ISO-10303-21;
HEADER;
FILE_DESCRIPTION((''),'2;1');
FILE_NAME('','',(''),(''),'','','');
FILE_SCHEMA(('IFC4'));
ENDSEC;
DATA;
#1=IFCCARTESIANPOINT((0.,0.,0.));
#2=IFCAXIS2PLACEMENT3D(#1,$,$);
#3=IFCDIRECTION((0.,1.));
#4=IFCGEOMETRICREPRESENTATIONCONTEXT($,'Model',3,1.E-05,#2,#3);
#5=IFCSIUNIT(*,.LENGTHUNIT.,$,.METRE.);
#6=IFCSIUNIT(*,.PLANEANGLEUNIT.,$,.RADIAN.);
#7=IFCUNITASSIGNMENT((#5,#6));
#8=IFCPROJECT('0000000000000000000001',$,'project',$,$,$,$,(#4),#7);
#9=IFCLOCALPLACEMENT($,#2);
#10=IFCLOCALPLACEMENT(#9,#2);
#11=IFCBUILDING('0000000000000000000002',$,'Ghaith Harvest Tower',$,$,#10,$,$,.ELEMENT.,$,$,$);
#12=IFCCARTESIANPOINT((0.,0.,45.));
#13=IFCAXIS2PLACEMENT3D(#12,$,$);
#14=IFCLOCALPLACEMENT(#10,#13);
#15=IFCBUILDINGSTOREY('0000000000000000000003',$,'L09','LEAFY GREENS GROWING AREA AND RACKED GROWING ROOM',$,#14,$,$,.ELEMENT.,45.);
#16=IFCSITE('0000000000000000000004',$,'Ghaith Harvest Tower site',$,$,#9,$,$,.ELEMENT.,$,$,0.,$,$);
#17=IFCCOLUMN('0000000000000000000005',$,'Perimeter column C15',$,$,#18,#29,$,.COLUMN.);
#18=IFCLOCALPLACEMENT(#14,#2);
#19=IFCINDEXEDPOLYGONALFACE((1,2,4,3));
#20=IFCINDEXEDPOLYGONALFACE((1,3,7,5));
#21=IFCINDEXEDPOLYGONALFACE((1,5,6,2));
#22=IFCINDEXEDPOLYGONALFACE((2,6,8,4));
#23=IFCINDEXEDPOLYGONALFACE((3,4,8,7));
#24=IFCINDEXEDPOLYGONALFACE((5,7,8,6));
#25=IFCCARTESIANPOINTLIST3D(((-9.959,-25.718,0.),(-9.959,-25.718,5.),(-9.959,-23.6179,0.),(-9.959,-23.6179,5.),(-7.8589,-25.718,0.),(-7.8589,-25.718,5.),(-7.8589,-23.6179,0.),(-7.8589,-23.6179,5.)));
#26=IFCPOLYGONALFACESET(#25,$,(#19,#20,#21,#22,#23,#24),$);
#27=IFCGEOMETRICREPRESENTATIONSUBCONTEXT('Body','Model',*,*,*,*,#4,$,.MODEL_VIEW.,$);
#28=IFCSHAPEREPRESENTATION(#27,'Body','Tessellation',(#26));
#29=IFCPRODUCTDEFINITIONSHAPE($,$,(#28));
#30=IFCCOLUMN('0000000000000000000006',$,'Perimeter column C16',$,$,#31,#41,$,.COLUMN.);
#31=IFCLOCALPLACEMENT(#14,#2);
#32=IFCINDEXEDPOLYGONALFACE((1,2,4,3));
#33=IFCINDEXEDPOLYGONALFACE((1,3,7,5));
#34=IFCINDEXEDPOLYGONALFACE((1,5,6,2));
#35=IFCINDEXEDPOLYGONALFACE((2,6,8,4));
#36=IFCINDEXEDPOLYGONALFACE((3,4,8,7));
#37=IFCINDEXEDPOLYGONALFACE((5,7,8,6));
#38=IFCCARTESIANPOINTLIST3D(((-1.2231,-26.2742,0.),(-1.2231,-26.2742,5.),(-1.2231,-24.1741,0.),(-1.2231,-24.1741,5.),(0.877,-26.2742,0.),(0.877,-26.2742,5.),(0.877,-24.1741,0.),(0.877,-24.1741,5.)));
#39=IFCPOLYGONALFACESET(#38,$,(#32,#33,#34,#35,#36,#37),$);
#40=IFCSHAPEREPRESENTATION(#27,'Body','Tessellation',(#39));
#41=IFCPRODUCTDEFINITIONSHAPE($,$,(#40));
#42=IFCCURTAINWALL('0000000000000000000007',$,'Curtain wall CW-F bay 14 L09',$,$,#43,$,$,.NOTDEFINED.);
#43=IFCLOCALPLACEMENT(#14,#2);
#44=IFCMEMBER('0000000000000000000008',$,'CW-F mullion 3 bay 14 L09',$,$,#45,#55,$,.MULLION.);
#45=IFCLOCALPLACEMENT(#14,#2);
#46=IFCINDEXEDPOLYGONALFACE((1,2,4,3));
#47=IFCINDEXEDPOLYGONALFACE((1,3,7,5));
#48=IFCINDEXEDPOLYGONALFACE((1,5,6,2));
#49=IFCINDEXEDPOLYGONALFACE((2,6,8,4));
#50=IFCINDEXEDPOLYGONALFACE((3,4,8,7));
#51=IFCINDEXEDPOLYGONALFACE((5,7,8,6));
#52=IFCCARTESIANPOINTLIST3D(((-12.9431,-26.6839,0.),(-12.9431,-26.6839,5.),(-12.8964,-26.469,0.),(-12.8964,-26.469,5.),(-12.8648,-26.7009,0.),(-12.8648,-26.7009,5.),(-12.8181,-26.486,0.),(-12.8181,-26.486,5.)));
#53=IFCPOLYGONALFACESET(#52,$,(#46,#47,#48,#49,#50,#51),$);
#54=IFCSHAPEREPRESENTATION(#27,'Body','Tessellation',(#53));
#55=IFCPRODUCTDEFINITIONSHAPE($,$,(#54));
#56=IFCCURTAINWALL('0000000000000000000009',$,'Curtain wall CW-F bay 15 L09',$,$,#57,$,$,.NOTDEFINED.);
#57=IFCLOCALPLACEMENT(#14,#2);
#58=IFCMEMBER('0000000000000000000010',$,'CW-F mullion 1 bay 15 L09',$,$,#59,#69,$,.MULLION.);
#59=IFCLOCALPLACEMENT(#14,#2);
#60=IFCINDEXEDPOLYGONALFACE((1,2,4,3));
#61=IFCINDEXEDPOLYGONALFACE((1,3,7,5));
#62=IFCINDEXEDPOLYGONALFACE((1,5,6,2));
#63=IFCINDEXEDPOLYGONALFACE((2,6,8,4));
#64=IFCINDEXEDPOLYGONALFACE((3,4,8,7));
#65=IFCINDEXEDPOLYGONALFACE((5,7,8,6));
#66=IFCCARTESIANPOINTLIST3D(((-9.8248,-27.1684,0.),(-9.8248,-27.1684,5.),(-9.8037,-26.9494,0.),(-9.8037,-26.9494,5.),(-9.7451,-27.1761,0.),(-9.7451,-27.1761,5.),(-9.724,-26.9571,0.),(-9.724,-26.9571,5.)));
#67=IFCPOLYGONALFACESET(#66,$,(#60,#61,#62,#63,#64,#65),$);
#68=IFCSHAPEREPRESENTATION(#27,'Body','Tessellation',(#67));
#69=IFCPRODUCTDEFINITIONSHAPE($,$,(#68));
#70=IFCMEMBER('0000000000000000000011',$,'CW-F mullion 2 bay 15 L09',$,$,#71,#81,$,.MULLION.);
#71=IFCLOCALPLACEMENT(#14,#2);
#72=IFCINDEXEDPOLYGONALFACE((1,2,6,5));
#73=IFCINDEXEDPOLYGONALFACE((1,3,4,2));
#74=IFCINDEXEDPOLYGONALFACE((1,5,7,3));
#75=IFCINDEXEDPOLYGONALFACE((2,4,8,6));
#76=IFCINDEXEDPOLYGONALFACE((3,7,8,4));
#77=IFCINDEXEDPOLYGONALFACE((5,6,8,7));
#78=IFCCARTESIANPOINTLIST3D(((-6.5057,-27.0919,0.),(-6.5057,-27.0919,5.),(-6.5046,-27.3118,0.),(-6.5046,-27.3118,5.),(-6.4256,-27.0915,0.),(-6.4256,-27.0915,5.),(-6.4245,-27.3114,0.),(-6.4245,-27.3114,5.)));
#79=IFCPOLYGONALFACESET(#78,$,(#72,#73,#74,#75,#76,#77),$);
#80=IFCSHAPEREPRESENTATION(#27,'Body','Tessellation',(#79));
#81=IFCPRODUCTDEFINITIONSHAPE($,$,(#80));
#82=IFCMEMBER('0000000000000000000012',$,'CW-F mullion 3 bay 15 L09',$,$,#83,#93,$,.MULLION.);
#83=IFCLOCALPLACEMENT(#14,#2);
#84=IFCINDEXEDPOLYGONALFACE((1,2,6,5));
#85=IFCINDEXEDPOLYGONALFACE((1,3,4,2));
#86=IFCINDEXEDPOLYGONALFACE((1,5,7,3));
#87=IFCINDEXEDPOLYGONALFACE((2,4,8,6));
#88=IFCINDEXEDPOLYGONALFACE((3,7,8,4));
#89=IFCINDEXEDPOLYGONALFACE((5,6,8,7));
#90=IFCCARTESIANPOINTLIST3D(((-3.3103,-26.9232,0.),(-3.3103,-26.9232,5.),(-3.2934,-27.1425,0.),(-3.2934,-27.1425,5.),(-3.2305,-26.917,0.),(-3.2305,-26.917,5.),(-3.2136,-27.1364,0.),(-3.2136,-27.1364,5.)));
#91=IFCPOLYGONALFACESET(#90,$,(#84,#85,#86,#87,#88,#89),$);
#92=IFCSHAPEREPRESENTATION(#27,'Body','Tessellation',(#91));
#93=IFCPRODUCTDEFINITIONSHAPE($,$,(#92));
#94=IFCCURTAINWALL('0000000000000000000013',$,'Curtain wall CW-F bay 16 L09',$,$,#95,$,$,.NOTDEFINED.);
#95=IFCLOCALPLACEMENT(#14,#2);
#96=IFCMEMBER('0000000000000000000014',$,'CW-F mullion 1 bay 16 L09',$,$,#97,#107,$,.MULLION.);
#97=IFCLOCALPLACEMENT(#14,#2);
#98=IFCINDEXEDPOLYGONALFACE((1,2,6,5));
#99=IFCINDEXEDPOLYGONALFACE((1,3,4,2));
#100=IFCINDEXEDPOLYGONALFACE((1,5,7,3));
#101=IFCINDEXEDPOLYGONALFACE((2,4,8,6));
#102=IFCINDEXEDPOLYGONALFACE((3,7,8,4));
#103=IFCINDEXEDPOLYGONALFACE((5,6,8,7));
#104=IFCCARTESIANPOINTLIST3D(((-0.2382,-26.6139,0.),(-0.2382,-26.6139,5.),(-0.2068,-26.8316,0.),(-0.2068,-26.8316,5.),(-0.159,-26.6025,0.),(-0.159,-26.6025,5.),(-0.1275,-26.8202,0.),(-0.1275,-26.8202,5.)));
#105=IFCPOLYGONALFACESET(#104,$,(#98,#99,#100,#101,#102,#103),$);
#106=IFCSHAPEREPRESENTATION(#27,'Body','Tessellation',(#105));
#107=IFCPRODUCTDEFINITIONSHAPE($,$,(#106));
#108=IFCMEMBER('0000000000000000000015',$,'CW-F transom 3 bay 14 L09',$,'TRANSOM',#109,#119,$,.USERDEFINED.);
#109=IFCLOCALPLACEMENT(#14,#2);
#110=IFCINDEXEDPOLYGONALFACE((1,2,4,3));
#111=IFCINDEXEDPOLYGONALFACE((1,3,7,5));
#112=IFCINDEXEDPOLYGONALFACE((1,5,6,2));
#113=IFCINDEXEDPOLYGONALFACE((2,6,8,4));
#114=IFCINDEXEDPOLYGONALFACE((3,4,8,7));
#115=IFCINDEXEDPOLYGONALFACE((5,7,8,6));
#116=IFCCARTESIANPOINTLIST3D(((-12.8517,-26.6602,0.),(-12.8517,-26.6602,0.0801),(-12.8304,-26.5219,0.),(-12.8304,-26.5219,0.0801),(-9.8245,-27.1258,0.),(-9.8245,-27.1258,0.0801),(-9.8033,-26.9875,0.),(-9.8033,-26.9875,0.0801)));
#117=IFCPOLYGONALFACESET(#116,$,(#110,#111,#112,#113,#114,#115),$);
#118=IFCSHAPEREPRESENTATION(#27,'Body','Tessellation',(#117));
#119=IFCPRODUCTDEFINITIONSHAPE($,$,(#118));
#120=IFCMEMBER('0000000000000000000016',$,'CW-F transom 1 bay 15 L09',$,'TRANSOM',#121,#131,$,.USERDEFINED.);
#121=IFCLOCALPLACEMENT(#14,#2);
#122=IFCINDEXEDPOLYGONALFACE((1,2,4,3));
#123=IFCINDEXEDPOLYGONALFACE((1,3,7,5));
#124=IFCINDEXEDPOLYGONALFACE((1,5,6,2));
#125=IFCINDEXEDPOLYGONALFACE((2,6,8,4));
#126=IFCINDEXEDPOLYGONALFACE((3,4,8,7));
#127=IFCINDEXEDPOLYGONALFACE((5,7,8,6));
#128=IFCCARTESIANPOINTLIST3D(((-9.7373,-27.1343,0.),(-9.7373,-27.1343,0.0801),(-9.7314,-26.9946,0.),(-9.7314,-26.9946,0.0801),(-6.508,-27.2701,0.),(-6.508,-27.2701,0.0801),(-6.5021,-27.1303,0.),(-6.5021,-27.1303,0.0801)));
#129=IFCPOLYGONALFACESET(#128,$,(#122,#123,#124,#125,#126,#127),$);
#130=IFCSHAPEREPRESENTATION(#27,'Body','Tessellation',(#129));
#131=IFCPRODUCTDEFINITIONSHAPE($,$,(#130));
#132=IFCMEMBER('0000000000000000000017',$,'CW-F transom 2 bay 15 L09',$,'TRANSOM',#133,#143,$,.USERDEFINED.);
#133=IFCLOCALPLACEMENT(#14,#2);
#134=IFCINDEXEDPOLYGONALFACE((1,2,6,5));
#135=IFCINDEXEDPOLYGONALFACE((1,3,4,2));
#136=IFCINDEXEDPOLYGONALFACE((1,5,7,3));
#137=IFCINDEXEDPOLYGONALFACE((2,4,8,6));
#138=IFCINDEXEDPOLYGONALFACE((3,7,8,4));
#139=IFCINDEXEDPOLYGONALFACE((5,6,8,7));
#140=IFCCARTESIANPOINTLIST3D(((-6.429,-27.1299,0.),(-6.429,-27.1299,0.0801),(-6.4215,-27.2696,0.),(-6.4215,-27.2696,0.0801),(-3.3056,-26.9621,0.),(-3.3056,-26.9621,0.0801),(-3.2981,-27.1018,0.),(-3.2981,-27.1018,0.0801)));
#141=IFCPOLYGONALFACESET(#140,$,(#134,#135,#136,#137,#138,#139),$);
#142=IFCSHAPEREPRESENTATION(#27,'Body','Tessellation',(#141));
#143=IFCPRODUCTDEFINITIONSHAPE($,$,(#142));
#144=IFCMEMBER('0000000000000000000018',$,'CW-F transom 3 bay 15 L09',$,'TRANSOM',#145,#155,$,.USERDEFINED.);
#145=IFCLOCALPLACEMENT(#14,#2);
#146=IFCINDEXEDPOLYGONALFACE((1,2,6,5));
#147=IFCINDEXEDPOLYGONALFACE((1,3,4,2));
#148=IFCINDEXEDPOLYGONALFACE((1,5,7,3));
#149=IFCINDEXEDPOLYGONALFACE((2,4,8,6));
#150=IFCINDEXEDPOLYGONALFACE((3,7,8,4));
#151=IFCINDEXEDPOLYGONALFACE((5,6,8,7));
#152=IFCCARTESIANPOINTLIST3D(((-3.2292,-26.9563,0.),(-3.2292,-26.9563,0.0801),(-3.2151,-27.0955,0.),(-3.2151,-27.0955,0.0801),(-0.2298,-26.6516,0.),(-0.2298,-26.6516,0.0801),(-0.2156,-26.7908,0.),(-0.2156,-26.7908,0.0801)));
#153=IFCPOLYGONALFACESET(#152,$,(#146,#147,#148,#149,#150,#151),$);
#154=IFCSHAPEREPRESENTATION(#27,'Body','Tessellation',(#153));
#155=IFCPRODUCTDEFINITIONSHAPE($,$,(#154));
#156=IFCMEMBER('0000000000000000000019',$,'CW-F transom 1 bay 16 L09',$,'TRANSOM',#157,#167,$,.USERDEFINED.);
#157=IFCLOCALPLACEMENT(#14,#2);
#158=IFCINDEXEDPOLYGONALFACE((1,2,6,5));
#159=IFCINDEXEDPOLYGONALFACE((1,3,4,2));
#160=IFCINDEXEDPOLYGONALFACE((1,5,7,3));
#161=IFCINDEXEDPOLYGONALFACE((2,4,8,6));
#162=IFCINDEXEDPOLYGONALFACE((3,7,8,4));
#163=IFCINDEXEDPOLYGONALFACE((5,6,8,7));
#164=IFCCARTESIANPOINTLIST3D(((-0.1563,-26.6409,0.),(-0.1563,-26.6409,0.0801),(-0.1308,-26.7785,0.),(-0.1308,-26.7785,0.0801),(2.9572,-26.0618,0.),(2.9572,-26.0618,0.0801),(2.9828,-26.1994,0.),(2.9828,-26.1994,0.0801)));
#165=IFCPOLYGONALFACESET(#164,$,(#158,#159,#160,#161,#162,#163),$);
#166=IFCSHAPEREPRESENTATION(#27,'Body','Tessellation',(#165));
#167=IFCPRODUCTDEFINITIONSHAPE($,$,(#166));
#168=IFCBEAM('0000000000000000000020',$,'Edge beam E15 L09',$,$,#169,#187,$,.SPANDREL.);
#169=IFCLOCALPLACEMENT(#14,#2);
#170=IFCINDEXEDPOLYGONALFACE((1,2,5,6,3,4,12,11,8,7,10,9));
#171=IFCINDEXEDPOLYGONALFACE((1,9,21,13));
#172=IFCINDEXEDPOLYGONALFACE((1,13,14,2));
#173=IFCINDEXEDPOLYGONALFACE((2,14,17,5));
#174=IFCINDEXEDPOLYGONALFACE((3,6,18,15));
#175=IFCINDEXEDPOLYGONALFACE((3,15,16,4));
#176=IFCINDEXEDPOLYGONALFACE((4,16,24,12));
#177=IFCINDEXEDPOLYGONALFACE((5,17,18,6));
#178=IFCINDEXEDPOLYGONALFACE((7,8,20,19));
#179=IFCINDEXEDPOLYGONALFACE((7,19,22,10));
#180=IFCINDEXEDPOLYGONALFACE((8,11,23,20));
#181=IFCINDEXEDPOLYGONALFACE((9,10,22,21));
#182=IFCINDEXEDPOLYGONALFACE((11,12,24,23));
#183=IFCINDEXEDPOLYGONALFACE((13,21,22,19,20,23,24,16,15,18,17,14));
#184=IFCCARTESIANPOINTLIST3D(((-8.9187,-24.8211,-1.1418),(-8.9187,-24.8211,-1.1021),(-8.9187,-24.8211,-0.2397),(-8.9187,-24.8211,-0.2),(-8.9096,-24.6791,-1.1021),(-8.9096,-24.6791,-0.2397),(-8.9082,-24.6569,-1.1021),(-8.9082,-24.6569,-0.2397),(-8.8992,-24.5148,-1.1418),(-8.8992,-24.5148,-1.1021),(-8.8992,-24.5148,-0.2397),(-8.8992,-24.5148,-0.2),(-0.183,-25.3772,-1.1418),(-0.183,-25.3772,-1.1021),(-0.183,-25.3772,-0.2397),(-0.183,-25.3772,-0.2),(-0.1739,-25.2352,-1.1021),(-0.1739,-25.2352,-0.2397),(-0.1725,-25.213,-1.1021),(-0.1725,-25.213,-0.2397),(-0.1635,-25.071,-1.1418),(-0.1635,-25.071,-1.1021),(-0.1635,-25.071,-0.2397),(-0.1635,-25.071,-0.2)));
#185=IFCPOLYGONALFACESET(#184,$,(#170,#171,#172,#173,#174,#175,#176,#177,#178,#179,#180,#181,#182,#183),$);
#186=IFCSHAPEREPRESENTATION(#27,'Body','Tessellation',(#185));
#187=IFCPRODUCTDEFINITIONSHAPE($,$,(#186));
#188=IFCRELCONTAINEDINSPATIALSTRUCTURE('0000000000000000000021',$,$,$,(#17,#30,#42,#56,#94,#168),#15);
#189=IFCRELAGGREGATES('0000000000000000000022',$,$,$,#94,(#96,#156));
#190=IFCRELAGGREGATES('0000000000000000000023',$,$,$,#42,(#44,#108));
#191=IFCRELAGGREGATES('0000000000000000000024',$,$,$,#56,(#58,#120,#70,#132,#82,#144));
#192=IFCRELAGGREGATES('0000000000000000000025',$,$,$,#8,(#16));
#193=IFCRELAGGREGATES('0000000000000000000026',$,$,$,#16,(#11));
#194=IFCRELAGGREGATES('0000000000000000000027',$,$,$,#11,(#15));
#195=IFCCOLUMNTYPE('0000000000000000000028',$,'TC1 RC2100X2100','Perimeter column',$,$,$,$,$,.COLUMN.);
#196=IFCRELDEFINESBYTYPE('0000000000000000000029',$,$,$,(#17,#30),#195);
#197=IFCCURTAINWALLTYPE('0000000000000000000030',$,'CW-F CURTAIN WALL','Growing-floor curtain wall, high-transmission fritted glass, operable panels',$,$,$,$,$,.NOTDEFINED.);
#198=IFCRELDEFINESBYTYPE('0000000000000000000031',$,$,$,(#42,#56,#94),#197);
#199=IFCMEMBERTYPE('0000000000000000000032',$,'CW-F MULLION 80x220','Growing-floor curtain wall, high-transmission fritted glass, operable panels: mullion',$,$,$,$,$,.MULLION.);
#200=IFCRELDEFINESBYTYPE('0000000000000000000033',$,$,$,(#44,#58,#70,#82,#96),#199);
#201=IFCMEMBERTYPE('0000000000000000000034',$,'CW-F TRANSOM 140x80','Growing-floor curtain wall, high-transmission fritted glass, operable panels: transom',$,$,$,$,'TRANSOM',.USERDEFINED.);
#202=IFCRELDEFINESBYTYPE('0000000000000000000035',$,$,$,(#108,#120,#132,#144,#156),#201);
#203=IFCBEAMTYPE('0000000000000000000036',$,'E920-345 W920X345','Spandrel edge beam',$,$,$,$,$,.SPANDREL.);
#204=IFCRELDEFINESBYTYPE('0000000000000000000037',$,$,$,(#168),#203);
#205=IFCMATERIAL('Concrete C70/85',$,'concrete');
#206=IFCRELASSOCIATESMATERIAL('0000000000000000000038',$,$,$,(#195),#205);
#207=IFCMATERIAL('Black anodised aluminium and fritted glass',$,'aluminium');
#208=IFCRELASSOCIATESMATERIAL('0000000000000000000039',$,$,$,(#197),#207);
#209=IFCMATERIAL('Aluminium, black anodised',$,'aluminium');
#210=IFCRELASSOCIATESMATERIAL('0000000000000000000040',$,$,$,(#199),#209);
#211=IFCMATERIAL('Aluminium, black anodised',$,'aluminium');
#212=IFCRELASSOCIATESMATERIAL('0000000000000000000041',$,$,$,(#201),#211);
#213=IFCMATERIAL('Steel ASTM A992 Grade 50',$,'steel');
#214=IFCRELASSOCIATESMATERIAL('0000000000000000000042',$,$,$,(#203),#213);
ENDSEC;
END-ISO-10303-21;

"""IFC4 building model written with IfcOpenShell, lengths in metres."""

from ifc_helpers import new_model, si_unit, direction, frame, origin, origin_2d, place, context, subcontext, project, spatial, rectangle, i_section, extrude, material, material_profile, profile_set, type_object, element, aggregate, save


model = new_model("IFC4")

# Units and contexts
model_context = context("Model", 3, precision=1e-05, world=origin(), true_north=direction((0.0, 1.0)))
body_context = subcontext(model_context, "Body", "Model", "MODEL_VIEW")
ifc_project = project(units=[si_unit("LENGTHUNIT", "METRE"), si_unit("PLANEANGLEUNIT", "RADIAN")], contexts=[model_context])

# Site, building, storey
site_placement = place(None, origin())
site = spatial("IfcSite", under=ifc_project, at=site_placement, Name="Ghaith Harvest Tower site", CompositionType="ELEMENT", RefElevation=0.0)
building_placement = place(site_placement, origin())
building = spatial("IfcBuilding", under=site, at=building_placement, Name="Ghaith Harvest Tower", CompositionType="ELEMENT")
storey_placement = place(building_placement, frame((0.0, 0.0, 45.0)))
storey = spatial("IfcBuildingStorey", under=building, at=storey_placement, Name="L09", Description="LEAFY GREENS GROWING AREA AND RACKED GROWING ROOM", CompositionType="ELEMENT", Elevation=45.0)

# Columns
ifc_material_1 = material(Name="Concrete C70/85", Category="concrete")
ifc_material_profile_1 = material_profile(ifc_material_1, rectangle(XDim=2.1001, YDim=2.1001, at=origin_2d()), Name="RC2100X2100")
ifc_profile_set_1 = profile_set([ifc_material_profile_1], Name="Concrete C70/85")
column_type = type_object("IfcColumnType", Name="TC1 RC2100X2100", Description="Perimeter column", PredefinedType="COLUMN", material=ifc_profile_set_1)
for number, where, z_axis, x_axis, name in (
    (1, (-8.9089, -24.668, 0.0), (0.0, 0.0, 1.0), (1.0, 0.0, 0.0), "Perimeter column C15"),
    (2, (-0.1731, -25.2241, 0.0), (0.0, 0.0, 1.0), (1.0, 0.0, 0.0), "Perimeter column C16"),
):
    element("IfcColumn", number, at=place(storey_placement, frame(where, z_axis=z_axis, x_axis=x_axis)), inside=storey, type_object=column_type, Name=name, PredefinedType="COLUMN", context=body_context, shape_type="SweptSolid", body=[
        extrude(rectangle(XDim=2.1001, YDim=2.1001, at=origin_2d()), origin(), (0.0, 0.0, 1.0), 5.0),
    ])

# Curtain wall, member
ifc_material_2 = material(Name="Black anodised aluminium and fritted glass", Category="aluminium")
curtain_wall_type = type_object("IfcCurtainWallType", Name="CW-F CURTAIN WALL", Description="Growing-floor curtain wall, high-transmission fritted glass, operable panels", PredefinedType="NOTDEFINED", material=ifc_material_2)
curtain_wall_1_placement = place(storey_placement, origin())
curtain_wall_1 = element("IfcCurtainWall", 3, at=curtain_wall_1_placement, inside=storey, type_object=curtain_wall_type, Name="Curtain wall CW-F bay 14 L09", PredefinedType="NOTDEFINED")
ifc_material_3 = material(Name="Aluminium, black anodised", Category="aluminium")
ifc_material_profile_2 = material_profile(ifc_material_3, rectangle(XDim=0.0801, YDim=0.22, at=origin_2d()), Name="CW-F MULLION 80x220")
ifc_profile_set_2 = profile_set([ifc_material_profile_2], Name="Aluminium, black anodised")
member_type_1 = type_object("IfcMemberType", Name="CW-F MULLION 80x220", Description="Growing-floor curtain wall, high-transmission fritted glass, operable panels: mullion", PredefinedType="MULLION", material=ifc_profile_set_2)
member_1_placement = place(storey_placement, frame((-12.8806, -26.585, 0.0), z_axis=(0.0, 0.0, 1.0), x_axis=(0.977207, -0.212289, 0.0)))
member_1 = element("IfcMember", 4, at=member_1_placement, type_object=member_type_1, Name="CW-F mullion 3 bay 14 L09", PredefinedType="MULLION", context=body_context, shape_type="SweptSolid", body=[
    extrude(rectangle(XDim=0.0801, YDim=0.22, at=origin_2d()), origin(), (0.0, 0.0, 1.0), 5.0),
])

# Curtain wall, members
curtain_wall_2_placement = place(storey_placement, origin())
curtain_wall_2 = element("IfcCurtainWall", 5, at=curtain_wall_2_placement, inside=storey, type_object=curtain_wall_type, Name="Curtain wall CW-F bay 15 L09", PredefinedType="NOTDEFINED")
member_2_placement = place(storey_placement, frame((-9.7744, -27.0627, 0.0), z_axis=(0.0, 0.0, 1.0), x_axis=(0.995408, -0.095718, 0.0)))
member_2 = element("IfcMember", 6, at=member_2_placement, type_object=member_type_1, Name="CW-F mullion 1 bay 15 L09", PredefinedType="MULLION", context=body_context, shape_type="SweptSolid", body=[
    extrude(rectangle(XDim=0.0801, YDim=0.22, at=origin_2d()), origin(), (0.0, 0.0, 1.0), 5.0),
])
member_3_placement = place(storey_placement, frame((-6.4651, -27.2017, 0.0), z_axis=(0.0, 0.0, 1.0), x_axis=(0.999987, 0.005058, 0.0)))
member_3 = element("IfcMember", 7, at=member_3_placement, type_object=member_type_1, Name="CW-F mullion 2 bay 15 L09", PredefinedType="MULLION", context=body_context, shape_type="SweptSolid", body=[
    extrude(rectangle(XDim=0.0801, YDim=0.22, at=origin_2d()), origin(), (0.0, 0.0, 1.0), 5.0),
])
member_4_placement = place(storey_placement, frame((-3.262, -27.0298, 0.0), z_axis=(0.0, 0.0, 1.0), x_axis=(0.997038, 0.076917, 0.0)))
member_4 = element("IfcMember", 8, at=member_4_placement, type_object=member_type_1, Name="CW-F mullion 3 bay 15 L09", PredefinedType="MULLION", context=body_context, shape_type="SweptSolid", body=[
    extrude(rectangle(XDim=0.0801, YDim=0.22, at=origin_2d()), origin(), (0.0, 0.0, 1.0), 5.0),
])

# Curtain wall, member
curtain_wall_3_placement = place(storey_placement, origin())
curtain_wall_3 = element("IfcCurtainWall", 9, at=curtain_wall_3_placement, inside=storey, type_object=curtain_wall_type, Name="Curtain wall CW-F bay 16 L09", PredefinedType="NOTDEFINED")
member_5_placement = place(storey_placement, frame((-0.1829, -26.717, 0.0), z_axis=(0.0, 0.0, 1.0), x_axis=(0.989712, 0.143075, 0.0)))
member_5 = element("IfcMember", 10, at=member_5_placement, type_object=member_type_1, Name="CW-F mullion 1 bay 16 L09", PredefinedType="MULLION", context=body_context, shape_type="SweptSolid", body=[
    extrude(rectangle(XDim=0.0801, YDim=0.22, at=origin_2d()), origin(), (0.0, 0.0, 1.0), 5.0),
])

# Members
ifc_material_4 = material(Name="Aluminium, black anodised", Category="aluminium")
ifc_material_profile_3 = material_profile(ifc_material_4, rectangle(XDim=0.1399, YDim=0.0801, at=origin_2d()), Name="CW-F TRANSOM 140x80")
ifc_profile_set_3 = profile_set([ifc_material_profile_3], Name="Aluminium, black anodised")
member_type_2 = type_object("IfcMemberType", Name="CW-F TRANSOM 140x80", Description="Growing-floor curtain wall, high-transmission fritted glass, operable panels: transom", ElementType="TRANSOM", PredefinedType="USERDEFINED", material=ifc_profile_set_3)
member_6_placement = place(storey_placement, frame((-12.8411, -26.5911, 0.04), z_axis=(0.988378, -0.152015, 0.0), x_axis=(0.152015, 0.988378, 0.0)))
member_6 = element("IfcMember", 11, at=member_6_placement, type_object=member_type_2, Name="CW-F transom 3 bay 14 L09", ObjectType="TRANSOM", PredefinedType="USERDEFINED", context=body_context, shape_type="SweptSolid", body=[
    extrude(rectangle(XDim=0.1399, YDim=0.0801, at=origin_2d()), origin(), (0.0, 0.0, 1.0), 3.0627),
])
member_7_placement = place(storey_placement, frame((-9.7344, -27.0645, 0.04), z_axis=(0.999118, -0.041998, 0.0), x_axis=(0.041998, 0.999118, 0.0)))
member_7 = element("IfcMember", 12, at=member_7_placement, type_object=member_type_2, Name="CW-F transom 1 bay 15 L09", ObjectType="TRANSOM", PredefinedType="USERDEFINED", context=body_context, shape_type="SweptSolid", body=[
    extrude(rectangle(XDim=0.1399, YDim=0.0801, at=origin_2d()), origin(), (0.0, 0.0, 1.0), 3.2322),
])
member_8_placement = place(storey_placement, frame((-6.4253, -27.1997, 0.04), z_axis=(0.998561, 0.05362, 0.0), x_axis=(-0.05362, 0.998561, 0.0)))
member_8 = element("IfcMember", 13, at=member_8_placement, type_object=member_type_2, Name="CW-F transom 2 bay 15 L09", ObjectType="TRANSOM", PredefinedType="USERDEFINED", context=body_context, shape_type="SweptSolid", body=[
    extrude(rectangle(XDim=0.1399, YDim=0.0801, at=origin_2d()), origin(), (0.0, 0.0, 1.0), 3.1279),
])
member_9_placement = place(storey_placement, frame((-3.2222, -27.0259, 0.04), z_axis=(0.99488, 0.101059, 0.0), x_axis=(-0.101059, 0.99488, 0.0)))
member_9 = element("IfcMember", 14, at=member_9_placement, type_object=member_type_2, Name="CW-F transom 3 bay 15 L09", ObjectType="TRANSOM", PredefinedType="USERDEFINED", context=body_context, shape_type="SweptSolid", body=[
    extrude(rectangle(XDim=0.1399, YDim=0.0801, at=origin_2d()), origin(), (0.0, 0.0, 1.0), 3.0149),
])
member_10_placement = place(storey_placement, frame((-0.1436, -26.7097, 0.04), z_axis=(0.983139, 0.182859, 0.0), x_axis=(-0.182859, 0.983139, 0.0)))
member_10 = element("IfcMember", 15, at=member_10_placement, type_object=member_type_2, Name="CW-F transom 1 bay 16 L09", ObjectType="TRANSOM", PredefinedType="USERDEFINED", context=body_context, shape_type="SweptSolid", body=[
    extrude(rectangle(XDim=0.1399, YDim=0.0801, at=origin_2d()), origin(), (0.0, 0.0, 1.0), 3.167),
])
aggregate(curtain_wall_3, [member_5, member_10])

# Beam
ifc_material_5 = material(Name="Steel ASTM A992 Grade 50", Category="steel")
ifc_material_profile_4 = material_profile(ifc_material_5, i_section(OverallWidth=0.3069, OverallDepth=0.9419, WebThickness=0.0222, FlangeThickness=0.0398, at=origin_2d()), Name="W920X345")
ifc_profile_set_4 = profile_set([ifc_material_profile_4], Name="Steel ASTM A992 Grade 50")
beam_type_1 = type_object("IfcBeamType", Name="E920-345 W920X345", Description="Spandrel edge beam", PredefinedType="SPANDREL", material=ifc_profile_set_4)
beam_1_placement = place(storey_placement, frame((-8.9089, -24.668, -0.6709), z_axis=(0.99798, -0.063535, 0.0), x_axis=(0.063535, 0.99798, 0.0)))
element("IfcBeam", 16, at=beam_1_placement, inside=storey, type_object=beam_type_1, Name="Edge beam E15 L09", PredefinedType="SPANDREL", context=body_context, shape_type="SweptSolid", body=[
    extrude(i_section(OverallWidth=0.3069, OverallDepth=0.9419, WebThickness=0.0222, FlangeThickness=0.0398, at=origin_2d()), origin(), (0.0, 0.0, 1.0), 8.7534),
])

aggregate(curtain_wall_1, [member_1, member_6])
aggregate(curtain_wall_2, [member_2, member_7, member_3, member_8, member_4, member_9])

save(model, "model.ifc")
